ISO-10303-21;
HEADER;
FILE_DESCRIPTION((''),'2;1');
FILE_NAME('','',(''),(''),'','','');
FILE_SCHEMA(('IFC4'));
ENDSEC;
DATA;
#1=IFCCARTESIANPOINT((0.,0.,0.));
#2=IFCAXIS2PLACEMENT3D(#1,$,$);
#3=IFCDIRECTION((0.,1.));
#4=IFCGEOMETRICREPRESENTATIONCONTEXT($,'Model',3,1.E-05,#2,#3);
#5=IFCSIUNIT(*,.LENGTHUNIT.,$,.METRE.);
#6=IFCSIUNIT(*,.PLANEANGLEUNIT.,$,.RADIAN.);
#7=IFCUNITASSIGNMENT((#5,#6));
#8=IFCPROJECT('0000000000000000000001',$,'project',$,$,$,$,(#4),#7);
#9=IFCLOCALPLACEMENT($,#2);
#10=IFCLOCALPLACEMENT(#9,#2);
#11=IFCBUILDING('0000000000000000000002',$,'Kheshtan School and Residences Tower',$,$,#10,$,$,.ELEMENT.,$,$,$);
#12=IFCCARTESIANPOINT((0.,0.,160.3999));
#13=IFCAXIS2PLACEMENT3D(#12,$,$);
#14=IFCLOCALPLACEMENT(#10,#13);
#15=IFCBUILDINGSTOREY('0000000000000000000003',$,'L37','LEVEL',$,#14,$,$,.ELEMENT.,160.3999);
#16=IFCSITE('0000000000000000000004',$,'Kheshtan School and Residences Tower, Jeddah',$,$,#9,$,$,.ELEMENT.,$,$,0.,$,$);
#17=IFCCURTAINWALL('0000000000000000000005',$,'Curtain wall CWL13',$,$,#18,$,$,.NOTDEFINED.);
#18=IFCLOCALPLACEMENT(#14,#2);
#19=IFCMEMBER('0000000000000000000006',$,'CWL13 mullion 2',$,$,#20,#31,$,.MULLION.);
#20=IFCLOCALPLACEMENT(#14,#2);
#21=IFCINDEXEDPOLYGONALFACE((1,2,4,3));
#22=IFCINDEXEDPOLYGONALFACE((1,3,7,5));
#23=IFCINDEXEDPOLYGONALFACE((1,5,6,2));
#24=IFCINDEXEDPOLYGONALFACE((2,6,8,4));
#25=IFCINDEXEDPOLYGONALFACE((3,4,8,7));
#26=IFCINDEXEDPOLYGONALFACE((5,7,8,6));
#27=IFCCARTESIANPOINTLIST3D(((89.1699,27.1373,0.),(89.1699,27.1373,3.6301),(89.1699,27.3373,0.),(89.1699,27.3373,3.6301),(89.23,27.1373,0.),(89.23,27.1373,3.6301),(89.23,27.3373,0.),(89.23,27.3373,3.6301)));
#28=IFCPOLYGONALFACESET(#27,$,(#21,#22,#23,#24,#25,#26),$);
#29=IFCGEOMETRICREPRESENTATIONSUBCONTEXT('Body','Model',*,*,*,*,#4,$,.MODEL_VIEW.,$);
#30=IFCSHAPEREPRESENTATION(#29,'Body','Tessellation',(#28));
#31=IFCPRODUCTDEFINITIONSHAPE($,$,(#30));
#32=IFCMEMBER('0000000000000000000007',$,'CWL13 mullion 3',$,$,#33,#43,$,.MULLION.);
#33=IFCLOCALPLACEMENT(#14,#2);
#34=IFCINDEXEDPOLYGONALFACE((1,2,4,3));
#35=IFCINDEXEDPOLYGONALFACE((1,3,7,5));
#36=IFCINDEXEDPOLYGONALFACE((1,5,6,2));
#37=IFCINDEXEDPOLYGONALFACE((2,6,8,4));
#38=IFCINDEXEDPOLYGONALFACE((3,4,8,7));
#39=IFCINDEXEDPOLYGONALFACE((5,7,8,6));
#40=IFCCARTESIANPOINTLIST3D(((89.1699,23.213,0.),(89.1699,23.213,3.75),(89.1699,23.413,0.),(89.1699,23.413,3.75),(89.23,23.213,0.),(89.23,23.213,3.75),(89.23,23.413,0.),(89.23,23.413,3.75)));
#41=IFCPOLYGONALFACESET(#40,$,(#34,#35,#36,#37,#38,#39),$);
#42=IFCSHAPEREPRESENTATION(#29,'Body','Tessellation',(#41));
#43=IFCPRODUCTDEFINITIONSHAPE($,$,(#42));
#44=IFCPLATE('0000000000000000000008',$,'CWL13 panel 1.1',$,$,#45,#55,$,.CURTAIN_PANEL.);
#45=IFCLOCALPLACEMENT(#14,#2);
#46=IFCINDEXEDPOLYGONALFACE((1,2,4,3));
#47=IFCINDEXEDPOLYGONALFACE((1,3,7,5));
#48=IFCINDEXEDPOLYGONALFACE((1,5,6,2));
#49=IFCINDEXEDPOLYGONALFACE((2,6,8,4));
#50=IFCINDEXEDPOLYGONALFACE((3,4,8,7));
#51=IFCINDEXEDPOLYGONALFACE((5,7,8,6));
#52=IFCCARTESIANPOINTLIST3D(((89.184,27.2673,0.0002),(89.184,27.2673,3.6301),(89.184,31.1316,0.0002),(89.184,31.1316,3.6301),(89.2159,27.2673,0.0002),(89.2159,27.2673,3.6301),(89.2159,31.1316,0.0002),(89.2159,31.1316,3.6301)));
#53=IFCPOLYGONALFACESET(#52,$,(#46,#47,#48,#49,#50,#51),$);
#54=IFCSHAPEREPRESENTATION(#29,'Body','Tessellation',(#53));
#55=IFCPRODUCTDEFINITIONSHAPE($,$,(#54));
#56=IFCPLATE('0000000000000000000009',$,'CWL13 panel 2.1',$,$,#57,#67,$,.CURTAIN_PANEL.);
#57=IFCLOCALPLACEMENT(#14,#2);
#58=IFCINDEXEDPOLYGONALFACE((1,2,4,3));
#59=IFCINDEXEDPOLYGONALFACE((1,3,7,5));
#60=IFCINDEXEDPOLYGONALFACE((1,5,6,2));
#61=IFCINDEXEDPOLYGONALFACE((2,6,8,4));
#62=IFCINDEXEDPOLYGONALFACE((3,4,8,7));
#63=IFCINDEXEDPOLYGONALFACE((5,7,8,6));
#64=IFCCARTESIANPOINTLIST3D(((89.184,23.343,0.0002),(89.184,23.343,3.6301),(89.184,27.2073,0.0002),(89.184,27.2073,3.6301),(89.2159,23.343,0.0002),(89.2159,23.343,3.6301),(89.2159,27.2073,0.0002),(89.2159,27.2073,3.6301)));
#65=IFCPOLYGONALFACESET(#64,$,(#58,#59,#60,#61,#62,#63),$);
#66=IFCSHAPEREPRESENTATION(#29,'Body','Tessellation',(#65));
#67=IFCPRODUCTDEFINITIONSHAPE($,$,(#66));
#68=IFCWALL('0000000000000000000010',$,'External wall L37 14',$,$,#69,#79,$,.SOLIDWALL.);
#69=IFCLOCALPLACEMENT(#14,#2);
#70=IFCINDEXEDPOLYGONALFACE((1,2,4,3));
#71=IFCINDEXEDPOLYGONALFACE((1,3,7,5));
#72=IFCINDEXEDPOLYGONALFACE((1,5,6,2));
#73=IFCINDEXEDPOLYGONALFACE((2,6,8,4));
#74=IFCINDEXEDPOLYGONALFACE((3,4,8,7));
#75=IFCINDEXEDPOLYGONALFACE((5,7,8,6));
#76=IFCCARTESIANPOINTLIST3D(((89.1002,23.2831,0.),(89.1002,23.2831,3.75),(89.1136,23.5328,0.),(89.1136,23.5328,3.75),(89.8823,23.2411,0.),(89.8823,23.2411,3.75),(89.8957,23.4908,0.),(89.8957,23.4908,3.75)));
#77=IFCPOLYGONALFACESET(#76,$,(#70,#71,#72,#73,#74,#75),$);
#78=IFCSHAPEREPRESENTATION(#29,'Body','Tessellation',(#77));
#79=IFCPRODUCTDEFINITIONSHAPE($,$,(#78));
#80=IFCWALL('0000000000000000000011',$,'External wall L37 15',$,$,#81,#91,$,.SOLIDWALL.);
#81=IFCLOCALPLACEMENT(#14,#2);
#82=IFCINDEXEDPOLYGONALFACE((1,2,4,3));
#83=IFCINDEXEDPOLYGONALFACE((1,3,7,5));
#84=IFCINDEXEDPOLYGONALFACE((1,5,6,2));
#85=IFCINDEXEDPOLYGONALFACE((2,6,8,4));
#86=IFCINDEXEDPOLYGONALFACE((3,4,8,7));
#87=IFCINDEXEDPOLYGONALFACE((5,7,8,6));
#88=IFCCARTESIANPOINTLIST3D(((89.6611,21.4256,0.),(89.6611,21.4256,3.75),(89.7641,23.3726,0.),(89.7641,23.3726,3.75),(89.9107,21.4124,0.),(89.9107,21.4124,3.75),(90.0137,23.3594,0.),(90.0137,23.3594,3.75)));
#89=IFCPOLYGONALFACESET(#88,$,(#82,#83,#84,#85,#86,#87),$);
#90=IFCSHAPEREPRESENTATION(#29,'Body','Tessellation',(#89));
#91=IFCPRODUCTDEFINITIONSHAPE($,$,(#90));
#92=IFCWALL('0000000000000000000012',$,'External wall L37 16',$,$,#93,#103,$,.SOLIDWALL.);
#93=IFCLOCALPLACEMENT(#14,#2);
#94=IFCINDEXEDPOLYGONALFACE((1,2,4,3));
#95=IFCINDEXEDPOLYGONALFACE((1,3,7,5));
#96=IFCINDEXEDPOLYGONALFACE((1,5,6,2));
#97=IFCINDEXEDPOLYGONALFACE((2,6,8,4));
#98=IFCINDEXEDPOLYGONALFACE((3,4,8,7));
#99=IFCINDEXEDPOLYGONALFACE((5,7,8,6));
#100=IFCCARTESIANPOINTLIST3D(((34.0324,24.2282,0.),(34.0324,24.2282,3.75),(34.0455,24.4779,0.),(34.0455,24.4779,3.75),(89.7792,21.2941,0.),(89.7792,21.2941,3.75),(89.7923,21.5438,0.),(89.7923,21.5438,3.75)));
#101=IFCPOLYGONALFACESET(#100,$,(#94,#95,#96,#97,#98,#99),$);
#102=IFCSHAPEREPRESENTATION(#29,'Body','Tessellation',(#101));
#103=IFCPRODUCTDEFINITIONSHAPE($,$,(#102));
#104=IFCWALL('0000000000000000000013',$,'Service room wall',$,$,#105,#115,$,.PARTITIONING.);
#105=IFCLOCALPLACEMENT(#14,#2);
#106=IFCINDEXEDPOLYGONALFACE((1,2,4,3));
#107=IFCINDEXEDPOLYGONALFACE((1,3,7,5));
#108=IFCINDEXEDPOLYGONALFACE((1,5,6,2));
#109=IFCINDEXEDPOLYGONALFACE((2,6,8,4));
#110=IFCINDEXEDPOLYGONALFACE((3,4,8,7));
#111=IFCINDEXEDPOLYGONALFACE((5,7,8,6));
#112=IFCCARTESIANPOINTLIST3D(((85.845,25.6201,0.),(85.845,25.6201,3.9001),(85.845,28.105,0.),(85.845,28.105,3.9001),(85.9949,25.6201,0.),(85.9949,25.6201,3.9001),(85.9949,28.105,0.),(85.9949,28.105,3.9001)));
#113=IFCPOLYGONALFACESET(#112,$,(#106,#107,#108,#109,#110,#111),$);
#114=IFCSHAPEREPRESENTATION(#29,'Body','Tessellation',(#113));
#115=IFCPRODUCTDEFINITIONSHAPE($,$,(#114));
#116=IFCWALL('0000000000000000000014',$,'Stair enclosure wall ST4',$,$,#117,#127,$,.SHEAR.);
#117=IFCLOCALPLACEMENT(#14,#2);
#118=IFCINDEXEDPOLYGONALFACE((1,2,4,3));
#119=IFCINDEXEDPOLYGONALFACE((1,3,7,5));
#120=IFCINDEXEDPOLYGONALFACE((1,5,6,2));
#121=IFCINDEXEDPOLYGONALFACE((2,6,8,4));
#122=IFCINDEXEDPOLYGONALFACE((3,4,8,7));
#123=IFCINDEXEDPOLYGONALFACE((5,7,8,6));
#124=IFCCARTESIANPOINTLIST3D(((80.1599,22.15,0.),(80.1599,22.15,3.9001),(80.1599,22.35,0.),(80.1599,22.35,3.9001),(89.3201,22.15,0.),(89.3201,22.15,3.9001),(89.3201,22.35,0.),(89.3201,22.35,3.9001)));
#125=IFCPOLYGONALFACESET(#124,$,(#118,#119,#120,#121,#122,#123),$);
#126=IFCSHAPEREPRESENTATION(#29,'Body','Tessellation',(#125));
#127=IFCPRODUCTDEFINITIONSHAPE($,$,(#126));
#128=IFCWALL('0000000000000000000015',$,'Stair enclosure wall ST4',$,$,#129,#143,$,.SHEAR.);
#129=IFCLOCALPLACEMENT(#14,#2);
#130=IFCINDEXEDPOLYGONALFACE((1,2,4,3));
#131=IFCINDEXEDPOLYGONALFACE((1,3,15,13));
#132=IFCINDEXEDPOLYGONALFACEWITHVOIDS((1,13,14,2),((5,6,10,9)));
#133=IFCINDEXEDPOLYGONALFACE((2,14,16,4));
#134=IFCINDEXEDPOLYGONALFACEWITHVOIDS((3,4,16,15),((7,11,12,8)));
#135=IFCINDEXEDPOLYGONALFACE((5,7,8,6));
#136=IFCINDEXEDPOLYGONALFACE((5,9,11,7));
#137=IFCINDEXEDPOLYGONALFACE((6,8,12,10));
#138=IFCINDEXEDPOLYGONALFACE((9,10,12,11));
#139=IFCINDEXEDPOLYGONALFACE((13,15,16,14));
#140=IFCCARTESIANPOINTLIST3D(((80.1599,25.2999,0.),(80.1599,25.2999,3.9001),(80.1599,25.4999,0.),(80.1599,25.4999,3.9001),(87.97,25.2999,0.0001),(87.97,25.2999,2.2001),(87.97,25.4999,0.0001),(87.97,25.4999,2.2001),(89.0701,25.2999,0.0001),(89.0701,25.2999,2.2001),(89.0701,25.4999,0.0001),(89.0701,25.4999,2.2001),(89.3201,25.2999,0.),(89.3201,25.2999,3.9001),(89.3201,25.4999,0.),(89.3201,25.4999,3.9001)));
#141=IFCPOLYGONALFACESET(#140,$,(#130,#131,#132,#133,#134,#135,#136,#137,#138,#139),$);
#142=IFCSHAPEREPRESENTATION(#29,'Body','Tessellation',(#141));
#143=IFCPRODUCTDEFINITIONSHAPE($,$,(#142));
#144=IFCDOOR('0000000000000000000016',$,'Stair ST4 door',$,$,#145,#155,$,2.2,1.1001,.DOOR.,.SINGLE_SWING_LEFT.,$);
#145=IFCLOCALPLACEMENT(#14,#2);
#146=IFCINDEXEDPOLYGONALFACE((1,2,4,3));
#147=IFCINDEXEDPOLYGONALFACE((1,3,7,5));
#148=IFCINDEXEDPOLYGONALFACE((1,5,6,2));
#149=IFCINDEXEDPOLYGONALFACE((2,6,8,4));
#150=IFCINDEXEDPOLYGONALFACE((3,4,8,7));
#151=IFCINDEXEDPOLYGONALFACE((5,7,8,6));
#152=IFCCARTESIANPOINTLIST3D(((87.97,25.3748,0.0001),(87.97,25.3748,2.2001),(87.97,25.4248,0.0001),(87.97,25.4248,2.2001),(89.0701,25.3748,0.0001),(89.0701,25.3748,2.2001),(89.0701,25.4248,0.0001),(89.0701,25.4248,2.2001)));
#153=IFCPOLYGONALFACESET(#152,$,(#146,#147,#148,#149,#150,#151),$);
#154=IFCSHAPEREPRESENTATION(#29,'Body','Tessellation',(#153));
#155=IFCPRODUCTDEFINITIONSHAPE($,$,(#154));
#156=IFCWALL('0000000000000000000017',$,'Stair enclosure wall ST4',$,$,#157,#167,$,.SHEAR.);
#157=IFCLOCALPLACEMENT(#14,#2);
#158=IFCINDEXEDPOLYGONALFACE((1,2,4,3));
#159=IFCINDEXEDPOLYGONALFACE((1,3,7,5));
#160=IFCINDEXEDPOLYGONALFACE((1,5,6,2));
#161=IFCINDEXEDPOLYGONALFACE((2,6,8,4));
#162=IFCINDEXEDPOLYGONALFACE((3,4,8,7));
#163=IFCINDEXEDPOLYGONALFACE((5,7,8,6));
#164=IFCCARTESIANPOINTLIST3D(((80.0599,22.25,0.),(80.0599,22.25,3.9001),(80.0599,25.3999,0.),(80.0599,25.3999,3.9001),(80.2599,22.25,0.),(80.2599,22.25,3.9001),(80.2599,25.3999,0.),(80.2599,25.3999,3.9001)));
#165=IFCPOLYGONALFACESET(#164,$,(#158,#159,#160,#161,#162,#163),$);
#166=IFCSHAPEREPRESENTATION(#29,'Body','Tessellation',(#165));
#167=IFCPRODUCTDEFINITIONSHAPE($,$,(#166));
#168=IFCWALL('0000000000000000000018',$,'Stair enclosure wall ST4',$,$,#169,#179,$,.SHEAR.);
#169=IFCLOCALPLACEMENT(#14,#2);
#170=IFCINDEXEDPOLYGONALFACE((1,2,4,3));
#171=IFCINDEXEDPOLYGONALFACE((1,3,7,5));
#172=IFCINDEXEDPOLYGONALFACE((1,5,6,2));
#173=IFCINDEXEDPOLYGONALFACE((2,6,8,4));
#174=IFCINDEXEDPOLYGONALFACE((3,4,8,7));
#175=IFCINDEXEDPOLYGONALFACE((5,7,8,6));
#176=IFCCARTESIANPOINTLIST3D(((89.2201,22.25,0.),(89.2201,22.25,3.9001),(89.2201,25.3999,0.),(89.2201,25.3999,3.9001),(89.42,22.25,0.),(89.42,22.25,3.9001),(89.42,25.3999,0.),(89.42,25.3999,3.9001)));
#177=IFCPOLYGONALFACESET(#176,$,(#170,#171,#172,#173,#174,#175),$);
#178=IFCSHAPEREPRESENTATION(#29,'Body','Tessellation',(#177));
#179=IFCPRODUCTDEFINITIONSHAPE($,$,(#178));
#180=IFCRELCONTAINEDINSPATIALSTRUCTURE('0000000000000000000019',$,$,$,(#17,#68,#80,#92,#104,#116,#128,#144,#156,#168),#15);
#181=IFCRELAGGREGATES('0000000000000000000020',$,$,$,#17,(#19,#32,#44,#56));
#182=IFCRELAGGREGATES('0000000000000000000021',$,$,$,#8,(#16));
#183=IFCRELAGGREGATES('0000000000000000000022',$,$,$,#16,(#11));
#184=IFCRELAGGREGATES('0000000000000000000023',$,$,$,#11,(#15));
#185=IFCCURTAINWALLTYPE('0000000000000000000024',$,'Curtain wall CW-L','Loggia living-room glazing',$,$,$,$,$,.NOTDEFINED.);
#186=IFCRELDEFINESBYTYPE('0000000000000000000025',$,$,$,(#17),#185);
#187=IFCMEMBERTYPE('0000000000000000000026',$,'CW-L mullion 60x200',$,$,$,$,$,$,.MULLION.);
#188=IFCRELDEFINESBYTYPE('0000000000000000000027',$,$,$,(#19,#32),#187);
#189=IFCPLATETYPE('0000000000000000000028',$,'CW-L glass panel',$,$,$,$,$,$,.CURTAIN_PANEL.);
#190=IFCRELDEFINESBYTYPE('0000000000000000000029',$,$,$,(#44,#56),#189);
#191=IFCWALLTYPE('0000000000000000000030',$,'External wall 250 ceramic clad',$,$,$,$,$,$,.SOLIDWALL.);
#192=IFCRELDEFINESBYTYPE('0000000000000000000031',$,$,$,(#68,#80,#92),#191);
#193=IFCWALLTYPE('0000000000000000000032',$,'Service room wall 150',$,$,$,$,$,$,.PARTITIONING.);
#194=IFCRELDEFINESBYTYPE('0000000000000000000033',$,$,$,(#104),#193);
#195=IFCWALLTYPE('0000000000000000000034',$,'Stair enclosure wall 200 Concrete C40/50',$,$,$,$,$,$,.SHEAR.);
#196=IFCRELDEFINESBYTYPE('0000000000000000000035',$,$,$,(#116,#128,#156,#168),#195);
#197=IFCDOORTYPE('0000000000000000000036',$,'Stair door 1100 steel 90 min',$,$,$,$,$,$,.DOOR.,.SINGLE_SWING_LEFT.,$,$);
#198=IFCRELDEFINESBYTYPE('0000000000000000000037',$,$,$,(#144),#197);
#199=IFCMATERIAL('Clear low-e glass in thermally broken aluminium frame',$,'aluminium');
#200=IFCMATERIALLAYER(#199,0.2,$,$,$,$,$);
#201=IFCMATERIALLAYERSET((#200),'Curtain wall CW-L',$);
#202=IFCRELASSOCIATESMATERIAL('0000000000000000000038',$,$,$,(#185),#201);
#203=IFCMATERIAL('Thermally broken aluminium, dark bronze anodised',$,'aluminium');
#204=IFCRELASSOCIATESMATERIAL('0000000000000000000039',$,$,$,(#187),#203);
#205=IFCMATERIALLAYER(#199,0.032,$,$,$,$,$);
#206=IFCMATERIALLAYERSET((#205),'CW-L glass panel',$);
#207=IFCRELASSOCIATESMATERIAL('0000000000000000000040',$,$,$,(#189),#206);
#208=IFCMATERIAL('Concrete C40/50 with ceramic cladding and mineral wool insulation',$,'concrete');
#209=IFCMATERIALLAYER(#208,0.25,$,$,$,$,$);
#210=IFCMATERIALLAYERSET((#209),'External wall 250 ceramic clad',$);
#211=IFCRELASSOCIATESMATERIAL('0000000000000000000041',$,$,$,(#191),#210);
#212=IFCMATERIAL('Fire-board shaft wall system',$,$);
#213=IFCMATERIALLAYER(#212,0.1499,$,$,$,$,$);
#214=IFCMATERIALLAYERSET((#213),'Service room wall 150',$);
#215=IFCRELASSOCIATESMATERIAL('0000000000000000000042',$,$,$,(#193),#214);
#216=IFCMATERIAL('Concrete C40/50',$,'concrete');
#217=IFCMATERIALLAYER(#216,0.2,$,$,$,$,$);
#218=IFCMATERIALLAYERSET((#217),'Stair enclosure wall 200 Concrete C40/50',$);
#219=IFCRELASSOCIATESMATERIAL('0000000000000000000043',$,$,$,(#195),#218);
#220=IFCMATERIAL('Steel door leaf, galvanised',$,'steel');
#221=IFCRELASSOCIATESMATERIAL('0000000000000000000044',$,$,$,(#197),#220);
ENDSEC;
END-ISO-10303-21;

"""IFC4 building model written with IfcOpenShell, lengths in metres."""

from ifc_helpers import new_model, si_unit, direction, frame, frame_2d, origin, origin_2d, place, context, subcontext, project, spatial, rectangle, extrude, source, transform, mapped, material, layer, layer_set, material_profile, profile_set, type_object, element, fill, aggregate, save


model = new_model("IFC4")

# Units and contexts
model_context = context("Model", 3, precision=1e-05, world=origin(), true_north=direction((0.0, 1.0)))
body_context = subcontext(model_context, "Body", "Model", "MODEL_VIEW")
ifc_project = project(units=[si_unit("LENGTHUNIT", "METRE"), si_unit("PLANEANGLEUNIT", "RADIAN")], contexts=[model_context])

# Site, building, storey
site_placement = place(None, origin())
site = spatial("IfcSite", under=ifc_project, at=site_placement, Name="Kheshtan School and Residences Tower, Jeddah", CompositionType="ELEMENT", RefElevation=0.0)
building_placement = place(site_placement, origin())
building = spatial("IfcBuilding", under=site, at=building_placement, Name="Kheshtan School and Residences Tower", CompositionType="ELEMENT")
storey_placement = place(building_placement, frame((0.0, 0.0, 160.3999)))
storey = spatial("IfcBuildingStorey", under=building, at=storey_placement, Name="L37", Description="LEVEL", CompositionType="ELEMENT", Elevation=160.3999)

# Curtain wall, members, plates
ifc_material_1 = material(Name="Clear low-e glass in thermally broken aluminium frame", Category="aluminium")
ifc_layer_1 = layer(ifc_material_1, 0.2)
ifc_layer_set_1 = layer_set([ifc_layer_1], Name="Curtain wall CW-L")
curtain_wall_type = type_object("IfcCurtainWallType", Name="Curtain wall CW-L", Description="Loggia living-room glazing", PredefinedType="NOTDEFINED", material=ifc_layer_set_1)
curtain_wall_placement = place(storey_placement, origin())
curtain_wall = element("IfcCurtainWall", 1, at=curtain_wall_placement, inside=storey, type_object=curtain_wall_type, Name="Curtain wall CWL13", PredefinedType="NOTDEFINED")
ifc_material_2 = material(Name="Thermally broken aluminium, dark bronze anodised", Category="aluminium")
ifc_material_profile_1 = material_profile(ifc_material_2, rectangle(XDim=0.0601, YDim=0.2, at=origin_2d()), Name="CW-L mullion 60x200")
ifc_profile_set_1 = profile_set([ifc_material_profile_1], Name="Thermally broken aluminium, dark bronze anodised")
member_type = type_object("IfcMemberType", Name="CW-L mullion 60x200", PredefinedType="MULLION", material=ifc_profile_set_1)
member_1_placement = place(storey_placement, frame((89.2, 27.2373, 0.0), z_axis=(0.0, 0.0, 1.0), x_axis=(1.0, 0.0, 0.0)))
member_1 = element("IfcMember", 2, at=member_1_placement, type_object=member_type, Name="CWL13 mullion 2", PredefinedType="MULLION", context=body_context, shape_type="SweptSolid", body=[
    extrude(rectangle(XDim=0.0601, YDim=0.2, at=origin_2d()), origin(), (0.0, 0.0, 1.0), 3.6301),
])
member_2_placement = place(storey_placement, frame((89.2, 23.313, 0.0), z_axis=(0.0, 0.0, 1.0), x_axis=(1.0, 0.0, 0.0)))
member_2 = element("IfcMember", 3, at=member_2_placement, type_object=member_type, Name="CWL13 mullion 3", PredefinedType="MULLION", context=body_context, shape_type="SweptSolid", body=[
    extrude(rectangle(XDim=0.0601, YDim=0.2, at=origin_2d()), origin(), (0.0, 0.0, 1.0), 3.75),
])
ifc_layer_2 = layer(ifc_material_1, 0.032)
ifc_layer_set_2 = layer_set([ifc_layer_2], Name="CW-L glass panel")
plate_type = type_object("IfcPlateType", Name="CW-L glass panel", PredefinedType="CURTAIN_PANEL", material=ifc_layer_set_2)
plate_1_placement = place(storey_placement, frame((89.2, 29.1995, 0.0002), z_axis=(0.0, 0.0, 1.0), x_axis=(0.0, -1.0, 0.0)))
plate_1 = element("IfcPlate", 4, at=plate_1_placement, type_object=plate_type, Name="CWL13 panel 1.1", PredefinedType="CURTAIN_PANEL", context=body_context, shape_type="SweptSolid", body=[
    extrude(rectangle(XDim=3.8643, YDim=0.032, at=origin_2d()), origin(), (0.0, 0.0, 1.0), 3.6299),
])
plate_2_placement = place(storey_placement, frame((89.2, 25.2751, 0.0002), z_axis=(0.0, 0.0, 1.0), x_axis=(0.0, -1.0, 0.0)))
plate_2 = element("IfcPlate", 5, at=plate_2_placement, type_object=plate_type, Name="CWL13 panel 2.1", PredefinedType="CURTAIN_PANEL", context=body_context, shape_type="SweptSolid", body=[
    extrude(rectangle(XDim=3.8643, YDim=0.032, at=origin_2d()), origin(), (0.0, 0.0, 1.0), 3.6299),
])
aggregate(curtain_wall, [member_1, member_2, plate_1, plate_2])

# Walls
ifc_material_3 = material(Name="Concrete C40/50 with ceramic cladding and mineral wool insulation", Category="concrete")
ifc_layer_3 = layer(ifc_material_3, 0.25)
ifc_layer_set_3 = layer_set([ifc_layer_3], Name="External wall 250 ceramic clad")
wall_type_1 = type_object("IfcWallType", Name="External wall 250 ceramic clad", PredefinedType="SOLIDWALL", material=ifc_layer_set_3)
wall_1_placement = place(storey_placement, frame((89.1069, 23.408, 0.0), z_axis=(0.0, 0.0, 1.0), x_axis=(0.998561, -0.053622, 0.0)))
element("IfcWall", 6, at=wall_1_placement, inside=storey, type_object=wall_type_1, Name="External wall L37 14", PredefinedType="SOLIDWALL", context=body_context, shape_type="SweptSolid", body=[
    extrude(rectangle(XDim=0.7832, YDim=0.25, at=frame_2d((0.3916, 0.0))), origin(), (0.0, 0.0, 1.0), 3.75),
])
wall_2_placement = place(storey_placement, frame((89.8889, 23.366, 0.0), z_axis=(0.0, 0.0, 1.0), x_axis=(-0.052841, -0.998603, 0.0)))
element("IfcWall", 7, at=wall_2_placement, inside=storey, type_object=wall_type_1, Name="External wall L37 15", PredefinedType="SOLIDWALL", context=body_context, shape_type="SweptSolid", body=[
    extrude(rectangle(XDim=1.9497, YDim=0.25, at=frame_2d((0.9749, 0.0))), origin(), (0.0, 0.0, 1.0), 3.75),
])
wall_3_placement = place(storey_placement, frame((89.7859, 21.4189, 0.0), z_axis=(0.0, 0.0, 1.0), x_axis=(-0.998618, 0.05256, 0.0)))
element("IfcWall", 8, at=wall_3_placement, inside=storey, type_object=wall_type_1, Name="External wall L37 16", PredefinedType="SOLIDWALL", context=body_context, shape_type="SweptSolid", body=[
    extrude(rectangle(XDim=55.824, YDim=0.25, at=frame_2d((27.9121, 0.0))), origin(), (0.0, 0.0, 1.0), 3.75),
])
ifc_material_4 = material(Name="Fire-board shaft wall system")
ifc_layer_4 = layer(ifc_material_4, 0.1499)
ifc_layer_set_4 = layer_set([ifc_layer_4], Name="Service room wall 150")
wall_type_2 = type_object("IfcWallType", Name="Service room wall 150", PredefinedType="PARTITIONING", material=ifc_layer_set_4)
wall_4_placement = place(storey_placement, frame((85.9199, 25.6201, 0.0), z_axis=(0.0, 0.0, 1.0), x_axis=(0.0, 1.0, 0.0)))
element("IfcWall", 9, at=wall_4_placement, inside=storey, type_object=wall_type_2, Name="Service room wall", PredefinedType="PARTITIONING", context=body_context, shape_type="SweptSolid", body=[
    extrude(rectangle(XDim=2.4849, YDim=0.1499, at=frame_2d((1.2424, 0.0))), origin(), (0.0, 0.0, 1.0), 3.9001),
])
ifc_material_5 = material(Name="Concrete C40/50", Category="concrete")
ifc_layer_5 = layer(ifc_material_5, 0.2)
ifc_layer_set_5 = layer_set([ifc_layer_5], Name="Stair enclosure wall 200 Concrete C40/50")
wall_type_3 = type_object("IfcWallType", Name="Stair enclosure wall 200 Concrete C40/50", PredefinedType="SHEAR", material=ifc_layer_set_5)
wall_5_placement = place(storey_placement, frame((80.1599, 22.25, 0.0), z_axis=(0.0, 0.0, 1.0), x_axis=(1.0, 0.0, 0.0)))
element("IfcWall", 10, at=wall_5_placement, inside=storey, type_object=wall_type_3, Name="Stair enclosure wall ST4", PredefinedType="SHEAR", context=body_context, shape_type="SweptSolid", body=[
    extrude(rectangle(XDim=9.1602, YDim=0.2, at=frame_2d((4.5801, 0.0))), origin(), (0.0, 0.0, 1.0), 3.9001),
])

# Wall, opening, door
wall_6_placement = place(storey_placement, frame((80.1599, 25.3999, 0.0), z_axis=(0.0, 0.0, 1.0), x_axis=(1.0, 0.0, 0.0)))
wall_6 = element("IfcWall", 11, at=wall_6_placement, inside=storey, type_object=wall_type_3, Name="Stair enclosure wall ST4", PredefinedType="SHEAR", context=body_context, shape_type="SweptSolid", body=[
    extrude(rectangle(XDim=9.1602, YDim=0.2, at=frame_2d((4.5801, 0.0))), origin(), (0.0, 0.0, 1.0), 3.9001),
])
opening_placement = place(wall_6_placement, frame((7.8101, 0.0, 0.0)))
opening = element("IfcOpeningElement", 12, at=opening_placement, cuts=wall_6, PredefinedType="OPENING", context=body_context, shape_type="SweptSolid", body=[
    extrude(rectangle(XDim=1.1001, YDim=2.2, at=frame_2d((0.55, 1.1001))), frame((0.0, 0.1099, 0.0), z_axis=(0.0, -1.0, 0.0), x_axis=(1.0, 0.0, 0.0)), (0.0, 0.0, 1.0), 0.22),
])
ifc_material_6 = material(Name="Steel door leaf, galvanised", Category="steel")
door_type = type_object("IfcDoorType", Name="Stair door 1100 steel 90 min", OperationType="SINGLE_SWING_LEFT", PredefinedType="DOOR", material=ifc_material_6)
shared_shape = source(origin(), body_context, "Body", "SweptSolid", [
    extrude(rectangle(XDim=1.1001, YDim=2.2, at=frame_2d((0.55, 1.1001))), frame((0.0, 0.0249, 0.0), z_axis=(0.0, -1.0, 0.0), x_axis=(1.0, 0.0, 0.0)), (0.0, 0.0, 1.0), 0.05),
])
door_placement = place(opening_placement, origin())
door = element("IfcDoor", 13, at=door_placement, inside=storey, type_object=door_type, Name="Stair ST4 door", OperationType="SINGLE_SWING_LEFT", OverallHeight=2.2, OverallWidth=1.1001, PredefinedType="DOOR", context=body_context, shape_type="MappedRepresentation", body=[
    mapped(shared_shape, transform((0.0, 0.0, 0.0), x_axis=(1.0, 0.0, 0.0), y_axis=(0.0, 1.0, 0.0), z_axis=(0.0, 0.0, 1.0), scale=1.0)),
])
fill(opening, door)

# Walls
for number, where, z_axis, x_axis, name in (
    (14, (80.1599, 22.25, 0.0), (0.0, 0.0, 1.0), (0.0, 1.0, 0.0), "Stair enclosure wall ST4"),
    (15, (89.3201, 22.25, 0.0), (0.0, 0.0, 1.0), (0.0, 1.0, 0.0), "Stair enclosure wall ST4"),
):
    element("IfcWall", number, at=place(storey_placement, frame(where, z_axis=z_axis, x_axis=x_axis)), inside=storey, type_object=wall_type_3, Name=name, PredefinedType="SHEAR", context=body_context, shape_type="SweptSolid", body=[
        extrude(rectangle(XDim=3.1499, YDim=0.2, at=frame_2d((1.575, 0.0))), origin(), (0.0, 0.0, 1.0), 3.9001),
    ])

save(model, "model.ifc")
